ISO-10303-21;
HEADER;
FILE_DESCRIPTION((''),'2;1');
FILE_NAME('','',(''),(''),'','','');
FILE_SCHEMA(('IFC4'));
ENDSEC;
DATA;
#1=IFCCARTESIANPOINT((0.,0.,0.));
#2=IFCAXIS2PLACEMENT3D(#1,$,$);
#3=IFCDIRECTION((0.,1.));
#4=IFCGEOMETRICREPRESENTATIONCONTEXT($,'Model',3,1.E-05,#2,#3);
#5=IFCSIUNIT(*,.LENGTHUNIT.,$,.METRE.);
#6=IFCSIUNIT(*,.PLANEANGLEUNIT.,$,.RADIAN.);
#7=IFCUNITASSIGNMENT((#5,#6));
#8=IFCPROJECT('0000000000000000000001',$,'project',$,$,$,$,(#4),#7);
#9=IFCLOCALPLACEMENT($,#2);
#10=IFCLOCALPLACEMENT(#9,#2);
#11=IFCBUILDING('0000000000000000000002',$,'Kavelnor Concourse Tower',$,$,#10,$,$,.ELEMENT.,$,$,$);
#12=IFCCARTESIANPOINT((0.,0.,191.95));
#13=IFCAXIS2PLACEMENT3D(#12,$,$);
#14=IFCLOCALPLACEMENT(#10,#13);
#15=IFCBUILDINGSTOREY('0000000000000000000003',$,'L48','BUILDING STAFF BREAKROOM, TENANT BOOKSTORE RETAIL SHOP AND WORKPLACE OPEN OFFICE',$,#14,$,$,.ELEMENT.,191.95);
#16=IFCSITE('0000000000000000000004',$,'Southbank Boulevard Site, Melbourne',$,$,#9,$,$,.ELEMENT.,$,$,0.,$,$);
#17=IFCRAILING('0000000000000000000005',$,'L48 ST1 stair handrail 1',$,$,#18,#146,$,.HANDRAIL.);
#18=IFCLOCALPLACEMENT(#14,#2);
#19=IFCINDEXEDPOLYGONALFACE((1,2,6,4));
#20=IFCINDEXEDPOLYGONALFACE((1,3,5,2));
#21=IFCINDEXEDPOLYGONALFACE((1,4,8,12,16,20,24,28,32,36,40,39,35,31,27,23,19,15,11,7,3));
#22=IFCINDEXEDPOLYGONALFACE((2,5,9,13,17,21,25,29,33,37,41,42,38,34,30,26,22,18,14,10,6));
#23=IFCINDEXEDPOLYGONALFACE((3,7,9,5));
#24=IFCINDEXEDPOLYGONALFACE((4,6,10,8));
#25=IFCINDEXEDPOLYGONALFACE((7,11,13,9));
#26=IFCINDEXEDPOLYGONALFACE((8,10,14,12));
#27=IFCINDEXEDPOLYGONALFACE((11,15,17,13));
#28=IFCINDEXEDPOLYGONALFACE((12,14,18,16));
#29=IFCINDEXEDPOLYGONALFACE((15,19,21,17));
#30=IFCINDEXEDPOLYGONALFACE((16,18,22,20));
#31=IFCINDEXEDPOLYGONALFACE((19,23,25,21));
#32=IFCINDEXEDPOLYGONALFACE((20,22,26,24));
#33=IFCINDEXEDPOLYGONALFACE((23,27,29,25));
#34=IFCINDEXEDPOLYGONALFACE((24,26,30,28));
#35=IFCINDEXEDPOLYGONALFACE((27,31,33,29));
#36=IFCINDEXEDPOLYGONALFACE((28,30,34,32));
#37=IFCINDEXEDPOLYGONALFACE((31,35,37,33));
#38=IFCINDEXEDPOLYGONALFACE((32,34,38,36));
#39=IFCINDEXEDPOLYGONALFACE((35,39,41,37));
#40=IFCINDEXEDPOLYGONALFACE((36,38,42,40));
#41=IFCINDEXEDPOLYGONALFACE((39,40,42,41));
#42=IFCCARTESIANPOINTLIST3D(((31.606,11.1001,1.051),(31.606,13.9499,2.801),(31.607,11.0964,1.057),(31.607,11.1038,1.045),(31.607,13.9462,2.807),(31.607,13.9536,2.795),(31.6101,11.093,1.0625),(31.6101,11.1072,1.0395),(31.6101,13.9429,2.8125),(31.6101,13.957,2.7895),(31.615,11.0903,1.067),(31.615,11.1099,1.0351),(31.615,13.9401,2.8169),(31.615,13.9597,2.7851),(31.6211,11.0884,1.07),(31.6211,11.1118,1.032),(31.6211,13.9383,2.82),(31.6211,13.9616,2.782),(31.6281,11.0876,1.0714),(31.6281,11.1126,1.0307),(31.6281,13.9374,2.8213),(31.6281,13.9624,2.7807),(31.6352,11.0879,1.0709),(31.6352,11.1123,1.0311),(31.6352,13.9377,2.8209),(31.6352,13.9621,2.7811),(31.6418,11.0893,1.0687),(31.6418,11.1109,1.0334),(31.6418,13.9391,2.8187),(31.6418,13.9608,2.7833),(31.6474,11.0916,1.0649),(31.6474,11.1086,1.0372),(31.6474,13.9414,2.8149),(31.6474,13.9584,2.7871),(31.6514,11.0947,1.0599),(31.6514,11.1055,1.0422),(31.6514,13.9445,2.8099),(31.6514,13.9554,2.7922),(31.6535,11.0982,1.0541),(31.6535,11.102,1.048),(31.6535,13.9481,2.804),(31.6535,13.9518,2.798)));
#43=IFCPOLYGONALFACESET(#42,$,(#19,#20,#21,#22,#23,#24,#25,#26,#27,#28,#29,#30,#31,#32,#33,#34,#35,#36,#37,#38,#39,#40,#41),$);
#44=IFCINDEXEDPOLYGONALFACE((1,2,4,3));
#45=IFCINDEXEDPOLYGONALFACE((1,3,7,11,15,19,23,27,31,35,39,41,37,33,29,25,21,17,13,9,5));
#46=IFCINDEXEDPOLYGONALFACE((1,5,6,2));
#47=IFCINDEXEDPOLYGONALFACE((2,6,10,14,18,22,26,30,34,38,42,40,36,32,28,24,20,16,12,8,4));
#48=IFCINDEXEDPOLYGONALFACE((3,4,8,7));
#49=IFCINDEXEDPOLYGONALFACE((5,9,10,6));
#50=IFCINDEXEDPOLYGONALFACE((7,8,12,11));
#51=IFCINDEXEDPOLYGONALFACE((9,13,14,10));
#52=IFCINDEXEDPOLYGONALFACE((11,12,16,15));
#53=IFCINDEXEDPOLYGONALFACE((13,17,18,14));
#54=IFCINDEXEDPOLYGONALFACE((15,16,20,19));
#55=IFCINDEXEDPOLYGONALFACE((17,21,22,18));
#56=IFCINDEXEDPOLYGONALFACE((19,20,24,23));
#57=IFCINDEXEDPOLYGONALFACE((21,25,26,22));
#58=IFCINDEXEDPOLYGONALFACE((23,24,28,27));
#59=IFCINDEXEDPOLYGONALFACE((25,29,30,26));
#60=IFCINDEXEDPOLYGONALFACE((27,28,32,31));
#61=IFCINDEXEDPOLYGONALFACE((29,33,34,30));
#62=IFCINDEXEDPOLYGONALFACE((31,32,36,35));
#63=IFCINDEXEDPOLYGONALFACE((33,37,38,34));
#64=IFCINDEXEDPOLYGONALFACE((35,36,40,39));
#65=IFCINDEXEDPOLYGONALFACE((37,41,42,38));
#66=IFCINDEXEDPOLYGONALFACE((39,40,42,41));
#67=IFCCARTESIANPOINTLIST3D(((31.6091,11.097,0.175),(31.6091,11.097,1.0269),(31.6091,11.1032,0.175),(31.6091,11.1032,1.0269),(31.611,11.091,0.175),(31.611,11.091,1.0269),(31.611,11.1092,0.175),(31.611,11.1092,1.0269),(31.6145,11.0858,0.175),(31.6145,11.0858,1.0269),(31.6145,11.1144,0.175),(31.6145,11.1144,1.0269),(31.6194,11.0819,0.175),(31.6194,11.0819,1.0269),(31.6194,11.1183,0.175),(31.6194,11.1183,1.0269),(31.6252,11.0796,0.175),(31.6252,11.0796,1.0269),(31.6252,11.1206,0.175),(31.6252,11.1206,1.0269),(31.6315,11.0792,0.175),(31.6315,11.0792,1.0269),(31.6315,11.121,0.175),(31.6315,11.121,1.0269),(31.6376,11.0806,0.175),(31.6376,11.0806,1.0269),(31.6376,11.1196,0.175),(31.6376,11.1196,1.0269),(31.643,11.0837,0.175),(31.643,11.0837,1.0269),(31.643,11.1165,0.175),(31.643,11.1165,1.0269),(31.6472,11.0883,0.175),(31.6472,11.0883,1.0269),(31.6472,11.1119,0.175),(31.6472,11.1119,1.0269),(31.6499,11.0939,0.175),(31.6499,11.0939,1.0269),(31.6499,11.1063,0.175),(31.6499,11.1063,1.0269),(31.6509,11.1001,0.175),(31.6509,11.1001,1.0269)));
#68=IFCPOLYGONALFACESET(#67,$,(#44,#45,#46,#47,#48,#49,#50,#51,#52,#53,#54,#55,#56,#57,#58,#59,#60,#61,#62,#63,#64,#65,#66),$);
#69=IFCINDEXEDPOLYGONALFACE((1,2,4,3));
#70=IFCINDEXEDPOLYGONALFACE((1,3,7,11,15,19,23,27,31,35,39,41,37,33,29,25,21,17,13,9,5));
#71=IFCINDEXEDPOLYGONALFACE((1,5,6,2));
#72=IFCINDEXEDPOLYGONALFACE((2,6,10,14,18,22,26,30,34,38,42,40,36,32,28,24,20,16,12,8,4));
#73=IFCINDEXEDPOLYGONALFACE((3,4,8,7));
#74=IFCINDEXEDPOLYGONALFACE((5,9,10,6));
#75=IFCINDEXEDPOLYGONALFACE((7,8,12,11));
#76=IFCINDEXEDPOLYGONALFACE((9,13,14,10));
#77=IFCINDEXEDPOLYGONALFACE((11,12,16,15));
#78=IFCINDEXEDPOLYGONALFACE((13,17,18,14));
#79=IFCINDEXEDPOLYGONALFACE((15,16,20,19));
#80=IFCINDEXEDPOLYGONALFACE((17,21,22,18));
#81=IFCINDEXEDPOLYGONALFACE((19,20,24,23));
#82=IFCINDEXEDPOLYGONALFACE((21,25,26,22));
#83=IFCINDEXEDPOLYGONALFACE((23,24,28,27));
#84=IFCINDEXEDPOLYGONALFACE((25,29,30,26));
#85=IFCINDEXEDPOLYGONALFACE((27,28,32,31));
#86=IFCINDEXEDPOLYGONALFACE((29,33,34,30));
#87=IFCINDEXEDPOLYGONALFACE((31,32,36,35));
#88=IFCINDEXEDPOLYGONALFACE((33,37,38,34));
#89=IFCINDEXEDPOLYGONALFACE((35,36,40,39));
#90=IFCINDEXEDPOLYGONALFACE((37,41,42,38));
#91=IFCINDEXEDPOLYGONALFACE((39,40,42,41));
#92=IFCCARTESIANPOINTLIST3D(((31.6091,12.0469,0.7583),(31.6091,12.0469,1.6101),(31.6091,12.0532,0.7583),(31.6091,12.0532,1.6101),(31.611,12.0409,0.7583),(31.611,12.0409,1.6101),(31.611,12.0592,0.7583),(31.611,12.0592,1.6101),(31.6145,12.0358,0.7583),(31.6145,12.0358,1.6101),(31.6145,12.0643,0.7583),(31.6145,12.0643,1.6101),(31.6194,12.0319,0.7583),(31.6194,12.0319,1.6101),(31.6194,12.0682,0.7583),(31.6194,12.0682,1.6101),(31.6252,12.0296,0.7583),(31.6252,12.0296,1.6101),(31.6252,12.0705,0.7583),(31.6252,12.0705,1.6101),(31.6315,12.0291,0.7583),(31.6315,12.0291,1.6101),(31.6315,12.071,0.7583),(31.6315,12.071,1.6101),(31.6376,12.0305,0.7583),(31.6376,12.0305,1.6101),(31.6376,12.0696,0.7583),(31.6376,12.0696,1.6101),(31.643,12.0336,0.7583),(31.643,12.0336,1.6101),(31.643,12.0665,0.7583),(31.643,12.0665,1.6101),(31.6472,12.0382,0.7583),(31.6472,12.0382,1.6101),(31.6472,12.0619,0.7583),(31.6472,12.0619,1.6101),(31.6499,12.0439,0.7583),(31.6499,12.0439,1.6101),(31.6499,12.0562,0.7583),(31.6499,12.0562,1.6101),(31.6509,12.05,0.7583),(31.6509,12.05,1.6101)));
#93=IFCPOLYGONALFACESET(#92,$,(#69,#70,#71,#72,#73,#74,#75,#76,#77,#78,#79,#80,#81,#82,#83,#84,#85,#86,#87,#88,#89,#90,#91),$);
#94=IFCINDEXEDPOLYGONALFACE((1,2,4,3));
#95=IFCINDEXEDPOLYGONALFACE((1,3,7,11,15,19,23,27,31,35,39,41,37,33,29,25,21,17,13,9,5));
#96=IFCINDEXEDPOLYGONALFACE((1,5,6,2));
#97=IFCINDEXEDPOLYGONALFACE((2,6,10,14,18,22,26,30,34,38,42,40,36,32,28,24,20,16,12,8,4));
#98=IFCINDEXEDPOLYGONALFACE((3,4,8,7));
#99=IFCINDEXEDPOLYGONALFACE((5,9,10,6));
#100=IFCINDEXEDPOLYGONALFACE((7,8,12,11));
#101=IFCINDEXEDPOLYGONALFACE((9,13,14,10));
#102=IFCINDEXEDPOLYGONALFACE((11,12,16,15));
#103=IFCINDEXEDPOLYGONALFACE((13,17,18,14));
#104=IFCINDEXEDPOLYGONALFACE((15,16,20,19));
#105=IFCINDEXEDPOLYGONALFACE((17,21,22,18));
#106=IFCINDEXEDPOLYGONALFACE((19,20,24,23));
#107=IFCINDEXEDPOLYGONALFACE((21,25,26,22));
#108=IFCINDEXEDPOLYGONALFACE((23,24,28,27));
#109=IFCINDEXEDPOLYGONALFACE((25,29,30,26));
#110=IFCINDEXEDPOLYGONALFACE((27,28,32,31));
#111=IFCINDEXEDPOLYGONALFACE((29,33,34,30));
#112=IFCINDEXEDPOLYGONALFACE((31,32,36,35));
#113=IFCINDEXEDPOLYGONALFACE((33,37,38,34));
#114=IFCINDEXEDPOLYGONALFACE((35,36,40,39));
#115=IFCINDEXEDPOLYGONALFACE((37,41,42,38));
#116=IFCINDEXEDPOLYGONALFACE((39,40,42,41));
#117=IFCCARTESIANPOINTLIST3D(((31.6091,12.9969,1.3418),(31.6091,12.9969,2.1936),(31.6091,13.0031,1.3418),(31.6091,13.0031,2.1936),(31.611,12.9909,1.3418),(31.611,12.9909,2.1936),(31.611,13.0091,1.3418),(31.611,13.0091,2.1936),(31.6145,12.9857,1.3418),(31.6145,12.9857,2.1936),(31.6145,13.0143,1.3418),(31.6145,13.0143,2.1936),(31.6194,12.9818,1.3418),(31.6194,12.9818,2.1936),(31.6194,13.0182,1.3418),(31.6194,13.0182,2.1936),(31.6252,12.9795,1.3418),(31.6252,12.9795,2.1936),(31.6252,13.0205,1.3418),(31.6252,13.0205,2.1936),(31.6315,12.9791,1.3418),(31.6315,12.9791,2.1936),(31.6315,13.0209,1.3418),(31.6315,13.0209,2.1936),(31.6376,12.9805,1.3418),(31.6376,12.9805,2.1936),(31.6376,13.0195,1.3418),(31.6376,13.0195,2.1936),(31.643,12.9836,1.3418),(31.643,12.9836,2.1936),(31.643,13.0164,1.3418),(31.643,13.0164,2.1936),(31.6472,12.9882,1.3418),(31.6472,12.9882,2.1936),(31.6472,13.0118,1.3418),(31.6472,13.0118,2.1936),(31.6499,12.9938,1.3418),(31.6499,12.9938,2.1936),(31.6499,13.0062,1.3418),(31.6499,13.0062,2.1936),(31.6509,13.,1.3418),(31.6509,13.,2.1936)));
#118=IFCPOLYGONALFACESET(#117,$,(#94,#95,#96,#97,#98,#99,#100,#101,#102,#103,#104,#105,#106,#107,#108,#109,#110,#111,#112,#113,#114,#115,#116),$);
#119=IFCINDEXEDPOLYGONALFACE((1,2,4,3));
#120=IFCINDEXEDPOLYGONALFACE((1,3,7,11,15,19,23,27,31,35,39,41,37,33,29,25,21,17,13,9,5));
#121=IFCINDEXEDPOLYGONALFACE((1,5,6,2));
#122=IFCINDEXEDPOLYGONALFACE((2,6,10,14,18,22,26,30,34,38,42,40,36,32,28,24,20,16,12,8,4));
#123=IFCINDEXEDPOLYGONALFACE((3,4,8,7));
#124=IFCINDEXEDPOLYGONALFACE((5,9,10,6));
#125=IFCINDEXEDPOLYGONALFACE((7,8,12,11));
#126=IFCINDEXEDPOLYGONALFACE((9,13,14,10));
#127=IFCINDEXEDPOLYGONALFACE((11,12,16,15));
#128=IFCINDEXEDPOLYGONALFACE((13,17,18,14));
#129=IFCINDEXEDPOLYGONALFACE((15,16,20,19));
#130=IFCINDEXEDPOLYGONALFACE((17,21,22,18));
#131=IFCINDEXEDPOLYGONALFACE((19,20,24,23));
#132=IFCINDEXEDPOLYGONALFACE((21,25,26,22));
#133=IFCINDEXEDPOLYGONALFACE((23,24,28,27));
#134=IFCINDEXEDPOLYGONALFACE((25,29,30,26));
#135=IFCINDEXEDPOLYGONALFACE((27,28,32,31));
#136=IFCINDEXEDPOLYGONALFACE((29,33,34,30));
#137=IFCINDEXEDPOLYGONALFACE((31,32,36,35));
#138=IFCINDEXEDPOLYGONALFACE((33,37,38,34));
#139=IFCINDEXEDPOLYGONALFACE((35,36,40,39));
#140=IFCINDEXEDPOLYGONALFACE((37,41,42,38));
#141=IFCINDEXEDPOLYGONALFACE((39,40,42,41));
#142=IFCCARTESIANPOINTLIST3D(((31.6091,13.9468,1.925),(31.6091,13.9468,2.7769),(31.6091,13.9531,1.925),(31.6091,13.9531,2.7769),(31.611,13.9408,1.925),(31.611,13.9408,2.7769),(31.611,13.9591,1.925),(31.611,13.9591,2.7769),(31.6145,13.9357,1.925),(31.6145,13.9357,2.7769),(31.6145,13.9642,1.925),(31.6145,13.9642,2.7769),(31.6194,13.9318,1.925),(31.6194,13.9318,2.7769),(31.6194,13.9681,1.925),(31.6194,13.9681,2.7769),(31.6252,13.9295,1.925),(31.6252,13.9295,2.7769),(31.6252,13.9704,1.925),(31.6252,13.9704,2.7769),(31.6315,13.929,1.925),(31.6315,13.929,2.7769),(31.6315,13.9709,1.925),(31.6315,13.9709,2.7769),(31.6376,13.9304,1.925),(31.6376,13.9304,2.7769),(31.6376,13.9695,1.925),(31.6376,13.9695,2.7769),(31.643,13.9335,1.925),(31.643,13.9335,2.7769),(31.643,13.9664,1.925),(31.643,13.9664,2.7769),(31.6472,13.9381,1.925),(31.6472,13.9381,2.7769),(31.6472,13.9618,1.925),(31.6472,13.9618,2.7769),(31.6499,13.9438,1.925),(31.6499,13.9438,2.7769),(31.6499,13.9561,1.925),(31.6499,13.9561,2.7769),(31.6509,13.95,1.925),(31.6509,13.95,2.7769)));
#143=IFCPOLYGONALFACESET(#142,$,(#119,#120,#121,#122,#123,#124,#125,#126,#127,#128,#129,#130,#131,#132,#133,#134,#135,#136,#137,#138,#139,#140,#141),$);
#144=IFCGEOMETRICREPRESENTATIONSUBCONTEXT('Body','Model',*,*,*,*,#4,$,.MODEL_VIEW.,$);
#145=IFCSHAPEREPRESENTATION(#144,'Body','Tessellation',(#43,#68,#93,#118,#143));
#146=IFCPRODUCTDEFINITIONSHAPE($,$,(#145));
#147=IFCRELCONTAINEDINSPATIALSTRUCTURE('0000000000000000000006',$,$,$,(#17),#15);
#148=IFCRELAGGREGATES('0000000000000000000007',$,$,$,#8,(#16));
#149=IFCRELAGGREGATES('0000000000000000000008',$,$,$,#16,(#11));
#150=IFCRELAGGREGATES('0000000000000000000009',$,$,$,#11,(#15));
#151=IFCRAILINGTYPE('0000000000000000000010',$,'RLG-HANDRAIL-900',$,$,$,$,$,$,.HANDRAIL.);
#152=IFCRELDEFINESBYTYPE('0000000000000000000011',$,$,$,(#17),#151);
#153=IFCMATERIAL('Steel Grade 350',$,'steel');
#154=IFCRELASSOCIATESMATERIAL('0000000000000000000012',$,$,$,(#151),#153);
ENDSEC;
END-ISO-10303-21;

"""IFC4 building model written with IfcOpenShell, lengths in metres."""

from ifc_helpers import new_model, si_unit, direction, frame, origin, origin_2d, place, context, subcontext, project, spatial, circle, extrude, material, type_object, element, save


model = new_model("IFC4")

# Units and contexts
model_context = context("Model", 3, precision=1e-05, world=origin(), true_north=direction((0.0, 1.0)))
body_context = subcontext(model_context, "Body", "Model", "MODEL_VIEW")
ifc_project = project(units=[si_unit("LENGTHUNIT", "METRE"), si_unit("PLANEANGLEUNIT", "RADIAN")], contexts=[model_context])

# Site, building, storey
site_placement = place(None, origin())
site = spatial("IfcSite", under=ifc_project, at=site_placement, Name="Southbank Boulevard Site, Melbourne", CompositionType="ELEMENT", RefElevation=0.0)
building_placement = place(site_placement, origin())
building = spatial("IfcBuilding", under=site, at=building_placement, Name="Kavelnor Concourse Tower", CompositionType="ELEMENT")
storey_placement = place(building_placement, frame((0.0, 0.0, 191.95)))
storey = spatial("IfcBuildingStorey", under=building, at=storey_placement, Name="L48", Description="BUILDING STAFF BREAKROOM, TENANT BOOKSTORE RETAIL SHOP AND WORKPLACE OPEN OFFICE", CompositionType="ELEMENT", Elevation=191.95)

# Shared definitions
ifc_material_1 = material(Name="Steel Grade 350", Category="steel")

# Railing
railing_type_1 = type_object("IfcRailingType", Name="RLG-HANDRAIL-900", PredefinedType="HANDRAIL", material=ifc_material_1)
railing_1_placement = place(storey_placement, frame((31.6299, 11.1001, 0.175)))
element("IfcRailing", 1, at=railing_1_placement, inside=storey, type_object=railing_type_1, Name="L48 ST1 stair handrail 1", PredefinedType="HANDRAIL", context=body_context, shape_type="SweptSolid", body=[
    extrude(circle(Radius=0.0239, at=origin_2d()), frame((0.0, 0.0, 0.876), z_axis=(0.0, 0.852159, 0.523283), x_axis=(-1.0, 0.0, 0.0)), (0.0, 0.0, 1.0), 3.3442),
    extrude(circle(Radius=0.021, at=origin_2d()), origin(), (0.0, 0.0, 1.0), 0.8518),
    extrude(circle(Radius=0.021, at=origin_2d()), frame((0.0, 0.95, 0.5833)), (0.0, 0.0, 1.0), 0.8518),
    extrude(circle(Radius=0.021, at=origin_2d()), frame((0.0, 1.8999, 1.1667)), (0.0, 0.0, 1.0), 0.8518),
    extrude(circle(Radius=0.021, at=origin_2d()), frame((0.0, 2.8499, 1.75)), (0.0, 0.0, 1.0), 0.8518),
])

save(model, "model.ifc")
